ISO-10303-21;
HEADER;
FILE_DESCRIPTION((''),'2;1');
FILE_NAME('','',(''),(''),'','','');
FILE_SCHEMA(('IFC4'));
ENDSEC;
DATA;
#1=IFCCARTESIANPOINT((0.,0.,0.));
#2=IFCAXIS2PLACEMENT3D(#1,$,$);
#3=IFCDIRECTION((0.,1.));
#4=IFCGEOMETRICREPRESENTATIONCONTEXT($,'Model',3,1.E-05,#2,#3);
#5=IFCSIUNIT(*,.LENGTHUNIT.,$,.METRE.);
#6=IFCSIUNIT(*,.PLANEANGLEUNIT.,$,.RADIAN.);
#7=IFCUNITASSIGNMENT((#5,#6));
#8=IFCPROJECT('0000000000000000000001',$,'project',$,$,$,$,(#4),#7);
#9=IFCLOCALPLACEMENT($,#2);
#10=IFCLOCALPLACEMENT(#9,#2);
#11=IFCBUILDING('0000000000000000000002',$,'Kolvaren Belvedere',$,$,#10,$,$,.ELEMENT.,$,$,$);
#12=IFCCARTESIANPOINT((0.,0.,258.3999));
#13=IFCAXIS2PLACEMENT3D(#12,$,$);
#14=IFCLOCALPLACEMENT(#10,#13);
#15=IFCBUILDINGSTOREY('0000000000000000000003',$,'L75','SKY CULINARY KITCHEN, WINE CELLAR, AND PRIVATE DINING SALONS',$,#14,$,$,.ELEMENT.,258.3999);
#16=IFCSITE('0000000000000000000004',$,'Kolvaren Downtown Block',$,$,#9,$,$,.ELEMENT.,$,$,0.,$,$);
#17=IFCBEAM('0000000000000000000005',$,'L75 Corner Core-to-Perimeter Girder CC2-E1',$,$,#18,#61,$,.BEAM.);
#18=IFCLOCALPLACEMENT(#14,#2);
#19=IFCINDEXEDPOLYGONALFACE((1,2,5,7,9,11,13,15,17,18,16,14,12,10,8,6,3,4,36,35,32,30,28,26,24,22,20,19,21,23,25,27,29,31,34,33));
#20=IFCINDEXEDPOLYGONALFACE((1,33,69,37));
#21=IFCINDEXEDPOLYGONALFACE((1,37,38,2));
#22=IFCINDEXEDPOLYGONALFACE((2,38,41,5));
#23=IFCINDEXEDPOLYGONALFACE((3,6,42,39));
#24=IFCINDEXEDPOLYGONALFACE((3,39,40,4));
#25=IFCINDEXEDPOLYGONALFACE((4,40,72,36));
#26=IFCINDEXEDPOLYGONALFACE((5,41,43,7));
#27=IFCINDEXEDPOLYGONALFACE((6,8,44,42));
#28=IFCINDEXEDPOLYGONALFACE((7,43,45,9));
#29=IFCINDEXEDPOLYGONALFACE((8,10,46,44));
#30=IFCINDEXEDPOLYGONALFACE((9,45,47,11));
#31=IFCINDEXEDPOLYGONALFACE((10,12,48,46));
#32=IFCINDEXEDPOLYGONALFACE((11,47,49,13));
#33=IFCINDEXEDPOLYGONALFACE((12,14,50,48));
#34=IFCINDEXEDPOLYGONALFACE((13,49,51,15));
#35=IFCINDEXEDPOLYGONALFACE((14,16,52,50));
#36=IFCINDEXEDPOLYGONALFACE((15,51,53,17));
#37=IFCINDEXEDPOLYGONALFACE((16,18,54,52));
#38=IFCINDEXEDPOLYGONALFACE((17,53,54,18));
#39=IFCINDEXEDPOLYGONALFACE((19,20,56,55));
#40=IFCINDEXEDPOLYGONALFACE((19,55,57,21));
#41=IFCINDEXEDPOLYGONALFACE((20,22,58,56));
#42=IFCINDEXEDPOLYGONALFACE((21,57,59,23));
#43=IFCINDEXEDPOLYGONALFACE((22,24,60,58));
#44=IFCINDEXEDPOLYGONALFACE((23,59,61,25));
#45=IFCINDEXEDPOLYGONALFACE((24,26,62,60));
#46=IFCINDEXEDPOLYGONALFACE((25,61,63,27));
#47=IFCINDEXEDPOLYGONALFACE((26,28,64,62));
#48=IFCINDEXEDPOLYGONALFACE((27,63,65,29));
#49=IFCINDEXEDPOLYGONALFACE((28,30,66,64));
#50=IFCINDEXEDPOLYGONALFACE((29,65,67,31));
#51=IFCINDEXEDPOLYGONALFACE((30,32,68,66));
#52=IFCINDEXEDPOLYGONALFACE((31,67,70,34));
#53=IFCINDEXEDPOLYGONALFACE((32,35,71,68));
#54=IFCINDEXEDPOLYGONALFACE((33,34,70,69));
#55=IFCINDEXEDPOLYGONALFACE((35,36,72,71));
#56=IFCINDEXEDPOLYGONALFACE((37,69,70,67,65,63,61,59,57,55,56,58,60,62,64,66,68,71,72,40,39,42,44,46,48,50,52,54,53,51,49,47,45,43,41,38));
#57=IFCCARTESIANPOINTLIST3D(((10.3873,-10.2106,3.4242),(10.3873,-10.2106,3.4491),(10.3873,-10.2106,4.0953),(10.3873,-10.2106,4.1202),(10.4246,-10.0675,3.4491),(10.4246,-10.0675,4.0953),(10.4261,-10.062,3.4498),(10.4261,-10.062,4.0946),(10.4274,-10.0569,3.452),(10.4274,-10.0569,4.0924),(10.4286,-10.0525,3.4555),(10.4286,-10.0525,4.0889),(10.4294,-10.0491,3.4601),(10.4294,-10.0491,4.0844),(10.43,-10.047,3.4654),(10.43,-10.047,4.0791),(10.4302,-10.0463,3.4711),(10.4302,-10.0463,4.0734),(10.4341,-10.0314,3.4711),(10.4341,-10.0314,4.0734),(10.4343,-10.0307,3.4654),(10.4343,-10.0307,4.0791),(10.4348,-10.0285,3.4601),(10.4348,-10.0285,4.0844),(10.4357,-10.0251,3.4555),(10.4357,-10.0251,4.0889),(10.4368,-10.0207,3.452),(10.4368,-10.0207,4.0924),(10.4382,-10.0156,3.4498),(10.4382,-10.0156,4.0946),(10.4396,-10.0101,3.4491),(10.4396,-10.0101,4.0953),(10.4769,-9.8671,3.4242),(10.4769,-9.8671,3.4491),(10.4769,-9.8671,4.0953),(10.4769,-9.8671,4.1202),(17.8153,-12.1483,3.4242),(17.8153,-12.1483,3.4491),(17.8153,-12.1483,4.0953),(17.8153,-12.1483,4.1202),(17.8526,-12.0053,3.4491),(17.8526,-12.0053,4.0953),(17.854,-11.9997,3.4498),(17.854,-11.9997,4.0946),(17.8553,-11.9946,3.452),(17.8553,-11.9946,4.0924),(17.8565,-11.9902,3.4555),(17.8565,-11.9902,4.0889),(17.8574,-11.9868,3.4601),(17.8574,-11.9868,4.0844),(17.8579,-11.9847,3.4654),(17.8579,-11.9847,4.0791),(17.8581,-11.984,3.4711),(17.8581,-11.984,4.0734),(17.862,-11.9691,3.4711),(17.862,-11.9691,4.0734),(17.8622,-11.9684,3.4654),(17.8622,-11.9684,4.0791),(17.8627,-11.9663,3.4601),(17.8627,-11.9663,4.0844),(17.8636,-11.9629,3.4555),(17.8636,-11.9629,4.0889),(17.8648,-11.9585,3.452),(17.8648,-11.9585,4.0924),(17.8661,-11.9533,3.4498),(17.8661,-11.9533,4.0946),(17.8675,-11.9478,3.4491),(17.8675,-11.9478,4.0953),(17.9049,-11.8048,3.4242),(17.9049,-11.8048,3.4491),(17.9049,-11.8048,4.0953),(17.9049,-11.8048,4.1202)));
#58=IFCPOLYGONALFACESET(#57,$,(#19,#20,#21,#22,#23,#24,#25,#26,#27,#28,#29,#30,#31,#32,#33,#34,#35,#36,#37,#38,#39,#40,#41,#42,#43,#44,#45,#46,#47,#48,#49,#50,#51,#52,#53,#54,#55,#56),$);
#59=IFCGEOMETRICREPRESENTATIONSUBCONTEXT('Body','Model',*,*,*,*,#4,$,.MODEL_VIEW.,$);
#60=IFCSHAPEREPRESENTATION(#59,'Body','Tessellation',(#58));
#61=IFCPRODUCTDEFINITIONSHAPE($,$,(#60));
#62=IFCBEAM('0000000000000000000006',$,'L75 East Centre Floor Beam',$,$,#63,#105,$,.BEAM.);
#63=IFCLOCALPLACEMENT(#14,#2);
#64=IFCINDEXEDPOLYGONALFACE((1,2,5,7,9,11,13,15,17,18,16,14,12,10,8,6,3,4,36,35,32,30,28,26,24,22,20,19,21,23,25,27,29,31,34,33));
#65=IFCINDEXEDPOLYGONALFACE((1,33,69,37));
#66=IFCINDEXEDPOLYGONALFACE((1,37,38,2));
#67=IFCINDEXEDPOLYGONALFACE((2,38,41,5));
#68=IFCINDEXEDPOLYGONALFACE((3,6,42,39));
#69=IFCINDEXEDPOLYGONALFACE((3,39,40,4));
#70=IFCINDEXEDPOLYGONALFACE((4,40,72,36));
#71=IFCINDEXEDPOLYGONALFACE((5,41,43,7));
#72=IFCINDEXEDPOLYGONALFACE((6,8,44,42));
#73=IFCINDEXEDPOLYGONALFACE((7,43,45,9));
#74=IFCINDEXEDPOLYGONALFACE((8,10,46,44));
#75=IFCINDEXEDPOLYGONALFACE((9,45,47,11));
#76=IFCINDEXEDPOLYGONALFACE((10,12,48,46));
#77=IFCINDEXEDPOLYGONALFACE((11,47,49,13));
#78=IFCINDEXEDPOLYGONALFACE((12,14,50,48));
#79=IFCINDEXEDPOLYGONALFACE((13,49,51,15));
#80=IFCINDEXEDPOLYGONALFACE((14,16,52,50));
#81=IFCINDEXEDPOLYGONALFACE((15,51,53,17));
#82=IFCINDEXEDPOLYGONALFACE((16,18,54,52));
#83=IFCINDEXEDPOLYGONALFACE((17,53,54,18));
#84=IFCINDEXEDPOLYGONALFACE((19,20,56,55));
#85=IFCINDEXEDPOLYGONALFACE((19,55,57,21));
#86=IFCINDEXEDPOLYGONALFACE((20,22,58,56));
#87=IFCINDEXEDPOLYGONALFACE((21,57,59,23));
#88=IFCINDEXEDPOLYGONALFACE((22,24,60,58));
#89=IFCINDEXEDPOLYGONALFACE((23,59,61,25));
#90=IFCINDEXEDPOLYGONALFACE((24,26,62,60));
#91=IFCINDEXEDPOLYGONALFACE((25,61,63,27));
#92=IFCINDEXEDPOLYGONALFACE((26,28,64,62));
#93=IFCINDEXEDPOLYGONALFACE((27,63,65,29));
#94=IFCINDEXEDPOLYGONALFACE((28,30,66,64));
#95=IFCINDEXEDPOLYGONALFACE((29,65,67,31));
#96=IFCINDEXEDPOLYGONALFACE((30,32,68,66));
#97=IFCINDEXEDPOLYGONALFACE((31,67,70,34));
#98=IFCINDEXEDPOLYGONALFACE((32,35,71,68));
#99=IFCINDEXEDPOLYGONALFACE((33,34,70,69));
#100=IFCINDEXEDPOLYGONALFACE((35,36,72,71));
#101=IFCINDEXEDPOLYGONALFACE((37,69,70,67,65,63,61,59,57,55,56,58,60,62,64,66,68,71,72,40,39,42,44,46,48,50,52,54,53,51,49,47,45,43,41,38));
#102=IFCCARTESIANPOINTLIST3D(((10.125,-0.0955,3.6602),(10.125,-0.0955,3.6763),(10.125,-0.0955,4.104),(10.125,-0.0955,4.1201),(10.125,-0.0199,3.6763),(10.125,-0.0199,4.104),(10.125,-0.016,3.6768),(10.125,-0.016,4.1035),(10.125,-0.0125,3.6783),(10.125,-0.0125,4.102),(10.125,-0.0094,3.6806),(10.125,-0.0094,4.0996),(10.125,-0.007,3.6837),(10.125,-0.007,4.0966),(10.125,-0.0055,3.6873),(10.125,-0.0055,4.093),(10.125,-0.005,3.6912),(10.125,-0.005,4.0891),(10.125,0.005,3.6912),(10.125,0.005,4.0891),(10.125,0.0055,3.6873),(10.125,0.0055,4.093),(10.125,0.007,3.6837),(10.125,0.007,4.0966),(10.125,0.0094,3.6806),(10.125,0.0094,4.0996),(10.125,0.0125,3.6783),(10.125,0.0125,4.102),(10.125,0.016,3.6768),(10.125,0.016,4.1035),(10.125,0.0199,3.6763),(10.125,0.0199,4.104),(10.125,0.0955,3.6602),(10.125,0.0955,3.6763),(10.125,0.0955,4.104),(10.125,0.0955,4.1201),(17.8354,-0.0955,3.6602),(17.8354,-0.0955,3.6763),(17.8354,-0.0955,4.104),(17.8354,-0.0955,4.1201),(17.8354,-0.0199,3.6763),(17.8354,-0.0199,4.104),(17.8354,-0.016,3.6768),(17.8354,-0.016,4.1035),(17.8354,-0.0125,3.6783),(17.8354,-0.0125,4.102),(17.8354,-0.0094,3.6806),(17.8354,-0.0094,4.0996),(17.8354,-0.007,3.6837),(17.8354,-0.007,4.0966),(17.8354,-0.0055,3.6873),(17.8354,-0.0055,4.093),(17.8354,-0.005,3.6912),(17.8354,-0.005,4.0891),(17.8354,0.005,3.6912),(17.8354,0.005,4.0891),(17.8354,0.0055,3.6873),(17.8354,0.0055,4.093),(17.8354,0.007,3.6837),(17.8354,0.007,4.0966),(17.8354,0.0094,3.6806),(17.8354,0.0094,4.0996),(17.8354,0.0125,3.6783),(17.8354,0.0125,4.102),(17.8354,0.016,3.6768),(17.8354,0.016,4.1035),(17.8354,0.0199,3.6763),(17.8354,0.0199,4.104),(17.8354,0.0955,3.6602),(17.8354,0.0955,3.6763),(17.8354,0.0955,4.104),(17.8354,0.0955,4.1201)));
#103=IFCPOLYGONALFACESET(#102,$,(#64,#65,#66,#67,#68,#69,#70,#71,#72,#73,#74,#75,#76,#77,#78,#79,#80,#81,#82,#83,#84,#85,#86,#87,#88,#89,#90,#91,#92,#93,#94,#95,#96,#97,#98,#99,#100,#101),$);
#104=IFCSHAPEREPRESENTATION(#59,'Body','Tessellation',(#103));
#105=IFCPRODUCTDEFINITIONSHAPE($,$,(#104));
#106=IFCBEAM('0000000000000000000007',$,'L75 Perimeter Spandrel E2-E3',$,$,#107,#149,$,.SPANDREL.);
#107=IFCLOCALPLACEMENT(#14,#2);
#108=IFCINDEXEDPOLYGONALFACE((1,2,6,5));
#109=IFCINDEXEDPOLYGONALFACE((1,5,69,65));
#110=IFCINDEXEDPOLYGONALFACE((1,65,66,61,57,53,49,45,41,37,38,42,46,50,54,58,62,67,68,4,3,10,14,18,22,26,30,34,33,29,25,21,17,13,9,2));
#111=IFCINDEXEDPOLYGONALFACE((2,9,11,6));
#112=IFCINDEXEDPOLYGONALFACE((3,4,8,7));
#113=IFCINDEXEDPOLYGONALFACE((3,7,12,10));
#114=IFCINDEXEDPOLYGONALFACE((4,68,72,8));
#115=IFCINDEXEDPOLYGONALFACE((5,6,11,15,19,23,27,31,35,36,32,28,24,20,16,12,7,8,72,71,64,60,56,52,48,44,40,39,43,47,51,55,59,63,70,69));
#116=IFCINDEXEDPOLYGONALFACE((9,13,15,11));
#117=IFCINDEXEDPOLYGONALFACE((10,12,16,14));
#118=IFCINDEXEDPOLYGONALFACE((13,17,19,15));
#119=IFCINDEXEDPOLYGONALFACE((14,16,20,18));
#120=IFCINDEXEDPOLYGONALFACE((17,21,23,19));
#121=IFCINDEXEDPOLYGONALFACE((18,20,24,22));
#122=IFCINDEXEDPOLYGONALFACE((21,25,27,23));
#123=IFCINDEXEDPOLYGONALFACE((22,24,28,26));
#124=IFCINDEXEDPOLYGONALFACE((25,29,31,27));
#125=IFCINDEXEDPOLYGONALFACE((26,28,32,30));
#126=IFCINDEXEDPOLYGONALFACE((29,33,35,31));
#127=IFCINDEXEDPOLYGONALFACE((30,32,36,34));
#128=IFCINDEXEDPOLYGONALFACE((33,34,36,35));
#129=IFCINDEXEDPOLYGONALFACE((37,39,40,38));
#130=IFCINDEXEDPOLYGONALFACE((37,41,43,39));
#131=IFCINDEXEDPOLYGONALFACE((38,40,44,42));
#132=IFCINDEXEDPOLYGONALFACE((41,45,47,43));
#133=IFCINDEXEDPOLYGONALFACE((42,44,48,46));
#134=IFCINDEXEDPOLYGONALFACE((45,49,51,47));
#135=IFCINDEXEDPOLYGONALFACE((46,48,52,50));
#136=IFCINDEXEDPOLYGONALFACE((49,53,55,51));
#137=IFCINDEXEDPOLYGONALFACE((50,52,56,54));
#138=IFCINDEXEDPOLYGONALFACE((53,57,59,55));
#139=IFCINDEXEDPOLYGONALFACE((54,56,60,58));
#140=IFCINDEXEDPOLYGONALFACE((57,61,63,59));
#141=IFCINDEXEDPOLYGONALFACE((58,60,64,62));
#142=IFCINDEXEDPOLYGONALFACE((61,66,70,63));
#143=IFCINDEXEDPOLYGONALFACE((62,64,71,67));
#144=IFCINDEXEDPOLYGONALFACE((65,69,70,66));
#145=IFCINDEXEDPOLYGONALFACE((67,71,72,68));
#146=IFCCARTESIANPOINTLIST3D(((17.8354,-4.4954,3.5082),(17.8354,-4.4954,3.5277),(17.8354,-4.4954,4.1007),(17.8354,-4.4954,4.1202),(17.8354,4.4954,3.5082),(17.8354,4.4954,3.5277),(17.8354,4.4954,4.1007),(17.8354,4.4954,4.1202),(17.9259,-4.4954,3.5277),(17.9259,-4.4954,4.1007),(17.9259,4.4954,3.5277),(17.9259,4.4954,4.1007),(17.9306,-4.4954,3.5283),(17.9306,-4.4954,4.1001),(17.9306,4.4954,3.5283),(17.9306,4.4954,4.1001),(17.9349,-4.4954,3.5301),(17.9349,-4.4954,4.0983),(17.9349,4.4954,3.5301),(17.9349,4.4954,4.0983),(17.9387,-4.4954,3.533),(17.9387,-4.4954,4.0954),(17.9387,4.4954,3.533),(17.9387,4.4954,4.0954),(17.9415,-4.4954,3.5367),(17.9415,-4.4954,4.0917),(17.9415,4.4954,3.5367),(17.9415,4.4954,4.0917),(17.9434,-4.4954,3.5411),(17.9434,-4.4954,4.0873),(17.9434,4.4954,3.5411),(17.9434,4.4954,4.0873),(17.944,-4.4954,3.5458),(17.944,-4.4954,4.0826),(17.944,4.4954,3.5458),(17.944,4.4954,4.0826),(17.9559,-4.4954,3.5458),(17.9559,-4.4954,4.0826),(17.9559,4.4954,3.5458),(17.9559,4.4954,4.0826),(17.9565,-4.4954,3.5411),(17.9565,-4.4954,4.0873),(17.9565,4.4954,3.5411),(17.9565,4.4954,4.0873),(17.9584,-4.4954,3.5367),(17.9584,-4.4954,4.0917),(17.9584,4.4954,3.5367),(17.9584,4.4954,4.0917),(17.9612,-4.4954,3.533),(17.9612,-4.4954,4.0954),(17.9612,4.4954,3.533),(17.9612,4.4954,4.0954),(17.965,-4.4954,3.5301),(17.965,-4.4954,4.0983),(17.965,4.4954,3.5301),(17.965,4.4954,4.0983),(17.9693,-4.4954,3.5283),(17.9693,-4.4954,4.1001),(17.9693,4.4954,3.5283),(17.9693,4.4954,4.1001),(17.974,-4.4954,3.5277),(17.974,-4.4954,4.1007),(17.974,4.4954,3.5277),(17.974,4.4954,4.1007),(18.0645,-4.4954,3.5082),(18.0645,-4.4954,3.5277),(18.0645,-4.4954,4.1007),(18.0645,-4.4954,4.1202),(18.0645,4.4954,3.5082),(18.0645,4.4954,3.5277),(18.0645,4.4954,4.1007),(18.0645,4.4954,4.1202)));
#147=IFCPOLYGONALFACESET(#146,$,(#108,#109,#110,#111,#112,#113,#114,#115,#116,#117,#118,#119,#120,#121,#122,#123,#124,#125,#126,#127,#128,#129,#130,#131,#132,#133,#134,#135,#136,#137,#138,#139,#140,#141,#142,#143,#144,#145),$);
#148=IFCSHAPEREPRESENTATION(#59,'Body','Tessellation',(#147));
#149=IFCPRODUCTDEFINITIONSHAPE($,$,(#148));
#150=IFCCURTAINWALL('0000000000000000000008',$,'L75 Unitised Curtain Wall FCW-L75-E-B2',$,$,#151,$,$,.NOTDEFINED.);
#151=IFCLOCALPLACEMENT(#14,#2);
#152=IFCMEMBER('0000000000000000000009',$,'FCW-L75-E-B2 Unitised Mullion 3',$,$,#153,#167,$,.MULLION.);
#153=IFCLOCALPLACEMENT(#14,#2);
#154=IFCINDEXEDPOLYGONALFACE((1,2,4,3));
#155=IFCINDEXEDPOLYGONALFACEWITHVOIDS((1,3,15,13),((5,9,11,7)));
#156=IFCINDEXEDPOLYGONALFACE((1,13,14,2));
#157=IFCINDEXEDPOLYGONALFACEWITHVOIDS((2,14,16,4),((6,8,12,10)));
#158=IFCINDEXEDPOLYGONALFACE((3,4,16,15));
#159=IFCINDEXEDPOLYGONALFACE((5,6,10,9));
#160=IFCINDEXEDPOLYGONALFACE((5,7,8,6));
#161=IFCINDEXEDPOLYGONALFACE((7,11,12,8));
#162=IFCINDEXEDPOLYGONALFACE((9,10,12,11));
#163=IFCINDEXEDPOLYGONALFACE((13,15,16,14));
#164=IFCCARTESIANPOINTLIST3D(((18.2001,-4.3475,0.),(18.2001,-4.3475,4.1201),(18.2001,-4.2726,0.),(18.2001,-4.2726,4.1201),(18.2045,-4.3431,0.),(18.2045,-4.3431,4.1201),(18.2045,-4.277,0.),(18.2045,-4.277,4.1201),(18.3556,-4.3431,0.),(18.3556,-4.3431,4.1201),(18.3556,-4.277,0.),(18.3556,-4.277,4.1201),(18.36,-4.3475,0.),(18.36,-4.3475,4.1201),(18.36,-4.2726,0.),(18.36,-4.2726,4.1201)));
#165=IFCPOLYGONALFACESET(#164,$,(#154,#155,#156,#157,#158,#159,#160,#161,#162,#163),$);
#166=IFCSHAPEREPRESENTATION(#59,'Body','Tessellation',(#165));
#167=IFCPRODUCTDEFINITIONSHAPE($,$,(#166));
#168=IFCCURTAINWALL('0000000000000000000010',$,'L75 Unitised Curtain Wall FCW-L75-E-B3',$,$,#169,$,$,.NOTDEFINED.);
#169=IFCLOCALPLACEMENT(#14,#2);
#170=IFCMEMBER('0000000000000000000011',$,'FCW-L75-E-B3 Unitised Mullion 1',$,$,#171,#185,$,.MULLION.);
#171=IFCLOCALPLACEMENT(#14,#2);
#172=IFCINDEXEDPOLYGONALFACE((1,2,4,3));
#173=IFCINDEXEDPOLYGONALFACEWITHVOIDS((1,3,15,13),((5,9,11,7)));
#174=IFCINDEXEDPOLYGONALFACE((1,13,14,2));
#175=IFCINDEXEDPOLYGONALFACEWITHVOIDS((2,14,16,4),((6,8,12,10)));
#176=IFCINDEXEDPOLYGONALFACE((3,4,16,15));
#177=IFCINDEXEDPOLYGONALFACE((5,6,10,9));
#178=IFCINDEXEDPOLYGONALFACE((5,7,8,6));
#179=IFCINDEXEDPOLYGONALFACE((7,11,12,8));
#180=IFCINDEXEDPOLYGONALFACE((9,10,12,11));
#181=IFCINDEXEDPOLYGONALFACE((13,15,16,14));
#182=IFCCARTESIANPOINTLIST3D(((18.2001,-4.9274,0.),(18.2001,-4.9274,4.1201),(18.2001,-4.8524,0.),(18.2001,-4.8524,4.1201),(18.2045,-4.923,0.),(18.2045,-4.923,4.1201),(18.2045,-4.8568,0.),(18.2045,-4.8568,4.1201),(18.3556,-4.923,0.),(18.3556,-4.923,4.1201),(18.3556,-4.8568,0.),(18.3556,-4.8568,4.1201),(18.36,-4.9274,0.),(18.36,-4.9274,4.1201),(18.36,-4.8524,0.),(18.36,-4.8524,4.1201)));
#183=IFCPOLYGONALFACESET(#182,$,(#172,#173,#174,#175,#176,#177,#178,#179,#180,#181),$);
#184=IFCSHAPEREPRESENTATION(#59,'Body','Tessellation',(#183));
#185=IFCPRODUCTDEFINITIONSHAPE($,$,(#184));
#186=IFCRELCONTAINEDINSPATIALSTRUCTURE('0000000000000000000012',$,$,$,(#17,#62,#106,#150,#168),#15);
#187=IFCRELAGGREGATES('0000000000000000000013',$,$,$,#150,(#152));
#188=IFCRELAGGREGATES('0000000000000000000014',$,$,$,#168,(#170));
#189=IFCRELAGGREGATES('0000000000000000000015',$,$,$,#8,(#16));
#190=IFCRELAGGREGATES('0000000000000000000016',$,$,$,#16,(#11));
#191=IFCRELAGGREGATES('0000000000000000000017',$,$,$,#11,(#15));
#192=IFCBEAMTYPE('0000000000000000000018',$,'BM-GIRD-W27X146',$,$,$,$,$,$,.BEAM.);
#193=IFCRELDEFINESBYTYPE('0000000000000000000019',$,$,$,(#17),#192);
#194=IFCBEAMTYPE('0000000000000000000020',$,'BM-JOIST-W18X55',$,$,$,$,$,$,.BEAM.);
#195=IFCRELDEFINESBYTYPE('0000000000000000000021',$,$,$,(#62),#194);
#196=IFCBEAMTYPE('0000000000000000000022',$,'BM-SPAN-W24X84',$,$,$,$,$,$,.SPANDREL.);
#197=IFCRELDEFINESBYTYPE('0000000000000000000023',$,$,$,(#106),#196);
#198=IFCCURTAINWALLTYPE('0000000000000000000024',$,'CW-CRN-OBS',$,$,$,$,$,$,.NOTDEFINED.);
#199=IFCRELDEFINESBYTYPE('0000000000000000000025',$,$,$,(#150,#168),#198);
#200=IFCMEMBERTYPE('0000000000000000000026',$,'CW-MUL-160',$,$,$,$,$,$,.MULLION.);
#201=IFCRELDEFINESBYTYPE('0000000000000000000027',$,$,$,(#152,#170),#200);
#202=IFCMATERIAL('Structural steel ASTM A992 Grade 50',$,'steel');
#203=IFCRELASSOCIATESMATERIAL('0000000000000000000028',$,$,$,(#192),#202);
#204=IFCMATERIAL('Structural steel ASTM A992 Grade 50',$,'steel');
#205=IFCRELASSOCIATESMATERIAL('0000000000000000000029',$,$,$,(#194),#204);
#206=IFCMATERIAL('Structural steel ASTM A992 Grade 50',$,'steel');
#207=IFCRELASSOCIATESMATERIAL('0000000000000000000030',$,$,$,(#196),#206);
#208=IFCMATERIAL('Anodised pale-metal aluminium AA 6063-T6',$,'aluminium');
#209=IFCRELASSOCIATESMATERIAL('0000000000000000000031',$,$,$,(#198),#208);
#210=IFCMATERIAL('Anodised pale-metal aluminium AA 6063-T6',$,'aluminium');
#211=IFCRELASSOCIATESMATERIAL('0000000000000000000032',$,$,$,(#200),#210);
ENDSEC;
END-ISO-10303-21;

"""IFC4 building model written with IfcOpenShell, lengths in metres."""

from ifc_helpers import new_model, si_unit, direction, frame, origin, origin_2d, place, context, subcontext, project, spatial, hollow_rectangle, i_section, extrude, material, material_profile, profile_set, type_object, element, aggregate, save


model = new_model("IFC4")

# Units and contexts
model_context = context("Model", 3, precision=1e-05, world=origin(), true_north=direction((0.0, 1.0)))
body_context = subcontext(model_context, "Body", "Model", "MODEL_VIEW")
ifc_project = project(units=[si_unit("LENGTHUNIT", "METRE"), si_unit("PLANEANGLEUNIT", "RADIAN")], contexts=[model_context])

# Site, building, storey
site_placement = place(None, origin())
site = spatial("IfcSite", under=ifc_project, at=site_placement, Name="Kolvaren Downtown Block", CompositionType="ELEMENT", RefElevation=0.0)
building_placement = place(site_placement, origin())
building = spatial("IfcBuilding", under=site, at=building_placement, Name="Kolvaren Belvedere", CompositionType="ELEMENT")
storey_placement = place(building_placement, frame((0.0, 0.0, 258.3999)))
storey = spatial("IfcBuildingStorey", under=building, at=storey_placement, Name="L75", Description="SKY CULINARY KITCHEN, WINE CELLAR, AND PRIVATE DINING SALONS", CompositionType="ELEMENT", Elevation=258.3999)

# Beams
ifc_material_1 = material(Name="Structural steel ASTM A992 Grade 50", Category="steel")
ifc_material_profile_1 = material_profile(ifc_material_1, i_section(OverallWidth=0.355, OverallDepth=0.696, WebThickness=0.0154, FlangeThickness=0.0249, FilletRadius=0.022, at=origin_2d()), Name="W27X146")
ifc_profile_set_1 = profile_set([ifc_material_profile_1], Name="Structural steel ASTM A992 Grade 50")
beam_type_1 = type_object("IfcBeamType", Name="BM-GIRD-W27X146", PredefinedType="BEAM", material=ifc_profile_set_1)
for number, where, z_axis, x_axis, name in (
    (1, (10.4321, -10.0388, 3.7722), (0.967617, -0.252423, 0.0), (0.252423, 0.967617, 0.0), "L75 Corner Core-to-Perimeter Girder CC2-E1"),
):
    element("IfcBeam", number, at=place(storey_placement, frame(where, z_axis=z_axis, x_axis=x_axis)), inside=storey, type_object=beam_type_1, Name=name, PredefinedType="BEAM", context=body_context, shape_type="SweptSolid", body=[
        extrude(i_section(OverallWidth=0.355, OverallDepth=0.696, WebThickness=0.0154, FlangeThickness=0.0249, FilletRadius=0.022, at=origin_2d()), origin(), (0.0, 0.0, 1.0), 7.6765),
    ])
ifc_material_2 = material(Name="Structural steel ASTM A992 Grade 50", Category="steel")
ifc_material_profile_2 = material_profile(ifc_material_2, i_section(OverallWidth=0.1909, OverallDepth=0.46, WebThickness=0.01, FlangeThickness=0.0161, FilletRadius=0.0149, at=origin_2d()), Name="W18X55")
ifc_profile_set_2 = profile_set([ifc_material_profile_2], Name="Structural steel ASTM A992 Grade 50")
beam_type_2 = type_object("IfcBeamType", Name="BM-JOIST-W18X55", PredefinedType="BEAM", material=ifc_profile_set_2)
beam_1_placement = place(storey_placement, frame((10.125, 0.0, 3.8901), z_axis=(1.0, 0.0, 0.0), x_axis=(0.0, 1.0, 0.0)))
element("IfcBeam", 2, at=beam_1_placement, inside=storey, type_object=beam_type_2, Name="L75 East Centre Floor Beam", PredefinedType="BEAM", context=body_context, shape_type="SweptSolid", body=[
    extrude(i_section(OverallWidth=0.1909, OverallDepth=0.46, WebThickness=0.01, FlangeThickness=0.0161, FilletRadius=0.0149, at=origin_2d()), origin(), (0.0, 0.0, 1.0), 7.7104),
])
ifc_material_3 = material(Name="Structural steel ASTM A992 Grade 50", Category="steel")
ifc_material_profile_3 = material_profile(ifc_material_3, i_section(OverallWidth=0.229, OverallDepth=0.6121, WebThickness=0.012, FlangeThickness=0.0195, FilletRadius=0.0181, at=origin_2d()), Name="W24X84")
ifc_profile_set_3 = profile_set([ifc_material_profile_3], Name="Structural steel ASTM A992 Grade 50")
beam_type_3 = type_object("IfcBeamType", Name="BM-SPAN-W24X84", PredefinedType="SPANDREL", material=ifc_profile_set_3)
beam_2_placement = place(storey_placement, frame((17.95, -4.4954, 3.8142), z_axis=(0.0, 1.0, 0.0), x_axis=(-1.0, 0.0, 0.0)))
element("IfcBeam", 3, at=beam_2_placement, inside=storey, type_object=beam_type_3, Name="L75 Perimeter Spandrel E2-E3", PredefinedType="SPANDREL", context=body_context, shape_type="SweptSolid", body=[
    extrude(i_section(OverallWidth=0.229, OverallDepth=0.6121, WebThickness=0.012, FlangeThickness=0.0195, FilletRadius=0.0181, at=origin_2d()), origin(), (0.0, 0.0, 1.0), 8.9907),
])

# Curtain wall, member
ifc_material_4 = material(Name="Anodised pale-metal aluminium AA 6063-T6", Category="aluminium")
curtain_wall_type = type_object("IfcCurtainWallType", Name="CW-CRN-OBS", PredefinedType="NOTDEFINED", material=ifc_material_4)
curtain_wall_1_placement = place(storey_placement, origin())
curtain_wall_1 = element("IfcCurtainWall", 4, at=curtain_wall_1_placement, inside=storey, type_object=curtain_wall_type, Name="L75 Unitised Curtain Wall FCW-L75-E-B2", PredefinedType="NOTDEFINED")
ifc_material_5 = material(Name="Anodised pale-metal aluminium AA 6063-T6", Category="aluminium")
ifc_material_profile_4 = material_profile(ifc_material_5, hollow_rectangle(XDim=0.075, YDim=0.1599, WallThickness=0.0044, at=origin_2d()), Name="ALU-MUL-160X75")
ifc_profile_set_4 = profile_set([ifc_material_profile_4], Name="Anodised pale-metal aluminium AA 6063-T6")
member_type_1 = type_object("IfcMemberType", Name="CW-MUL-160", PredefinedType="MULLION", material=ifc_profile_set_4)
member_1_placement = place(storey_placement, frame((18.28, -4.3101, 0.0), z_axis=(0.0, 0.0, 1.0), x_axis=(0.0, 1.0, 0.0)))
member_1 = element("IfcMember", 5, at=member_1_placement, type_object=member_type_1, Name="FCW-L75-E-B2 Unitised Mullion 3", PredefinedType="MULLION", context=body_context, shape_type="SweptSolid", body=[
    extrude(hollow_rectangle(XDim=0.075, YDim=0.1599, WallThickness=0.0044, at=origin_2d()), origin(), (0.0, 0.0, 1.0), 4.1201),
])

# Curtain wall, member
curtain_wall_2_placement = place(storey_placement, origin())
curtain_wall_2 = element("IfcCurtainWall", 6, at=curtain_wall_2_placement, inside=storey, type_object=curtain_wall_type, Name="L75 Unitised Curtain Wall FCW-L75-E-B3", PredefinedType="NOTDEFINED")
member_2_placement = place(storey_placement, frame((18.28, -4.8899, 0.0), z_axis=(0.0, 0.0, 1.0), x_axis=(0.0, 1.0, 0.0)))
member_2 = element("IfcMember", 7, at=member_2_placement, type_object=member_type_1, Name="FCW-L75-E-B3 Unitised Mullion 1", PredefinedType="MULLION", context=body_context, shape_type="SweptSolid", body=[
    extrude(hollow_rectangle(XDim=0.075, YDim=0.1599, WallThickness=0.0044, at=origin_2d()), origin(), (0.0, 0.0, 1.0), 4.1201),
])

aggregate(curtain_wall_1, [member_1])
aggregate(curtain_wall_2, [member_2])

save(model, "model.ifc")
